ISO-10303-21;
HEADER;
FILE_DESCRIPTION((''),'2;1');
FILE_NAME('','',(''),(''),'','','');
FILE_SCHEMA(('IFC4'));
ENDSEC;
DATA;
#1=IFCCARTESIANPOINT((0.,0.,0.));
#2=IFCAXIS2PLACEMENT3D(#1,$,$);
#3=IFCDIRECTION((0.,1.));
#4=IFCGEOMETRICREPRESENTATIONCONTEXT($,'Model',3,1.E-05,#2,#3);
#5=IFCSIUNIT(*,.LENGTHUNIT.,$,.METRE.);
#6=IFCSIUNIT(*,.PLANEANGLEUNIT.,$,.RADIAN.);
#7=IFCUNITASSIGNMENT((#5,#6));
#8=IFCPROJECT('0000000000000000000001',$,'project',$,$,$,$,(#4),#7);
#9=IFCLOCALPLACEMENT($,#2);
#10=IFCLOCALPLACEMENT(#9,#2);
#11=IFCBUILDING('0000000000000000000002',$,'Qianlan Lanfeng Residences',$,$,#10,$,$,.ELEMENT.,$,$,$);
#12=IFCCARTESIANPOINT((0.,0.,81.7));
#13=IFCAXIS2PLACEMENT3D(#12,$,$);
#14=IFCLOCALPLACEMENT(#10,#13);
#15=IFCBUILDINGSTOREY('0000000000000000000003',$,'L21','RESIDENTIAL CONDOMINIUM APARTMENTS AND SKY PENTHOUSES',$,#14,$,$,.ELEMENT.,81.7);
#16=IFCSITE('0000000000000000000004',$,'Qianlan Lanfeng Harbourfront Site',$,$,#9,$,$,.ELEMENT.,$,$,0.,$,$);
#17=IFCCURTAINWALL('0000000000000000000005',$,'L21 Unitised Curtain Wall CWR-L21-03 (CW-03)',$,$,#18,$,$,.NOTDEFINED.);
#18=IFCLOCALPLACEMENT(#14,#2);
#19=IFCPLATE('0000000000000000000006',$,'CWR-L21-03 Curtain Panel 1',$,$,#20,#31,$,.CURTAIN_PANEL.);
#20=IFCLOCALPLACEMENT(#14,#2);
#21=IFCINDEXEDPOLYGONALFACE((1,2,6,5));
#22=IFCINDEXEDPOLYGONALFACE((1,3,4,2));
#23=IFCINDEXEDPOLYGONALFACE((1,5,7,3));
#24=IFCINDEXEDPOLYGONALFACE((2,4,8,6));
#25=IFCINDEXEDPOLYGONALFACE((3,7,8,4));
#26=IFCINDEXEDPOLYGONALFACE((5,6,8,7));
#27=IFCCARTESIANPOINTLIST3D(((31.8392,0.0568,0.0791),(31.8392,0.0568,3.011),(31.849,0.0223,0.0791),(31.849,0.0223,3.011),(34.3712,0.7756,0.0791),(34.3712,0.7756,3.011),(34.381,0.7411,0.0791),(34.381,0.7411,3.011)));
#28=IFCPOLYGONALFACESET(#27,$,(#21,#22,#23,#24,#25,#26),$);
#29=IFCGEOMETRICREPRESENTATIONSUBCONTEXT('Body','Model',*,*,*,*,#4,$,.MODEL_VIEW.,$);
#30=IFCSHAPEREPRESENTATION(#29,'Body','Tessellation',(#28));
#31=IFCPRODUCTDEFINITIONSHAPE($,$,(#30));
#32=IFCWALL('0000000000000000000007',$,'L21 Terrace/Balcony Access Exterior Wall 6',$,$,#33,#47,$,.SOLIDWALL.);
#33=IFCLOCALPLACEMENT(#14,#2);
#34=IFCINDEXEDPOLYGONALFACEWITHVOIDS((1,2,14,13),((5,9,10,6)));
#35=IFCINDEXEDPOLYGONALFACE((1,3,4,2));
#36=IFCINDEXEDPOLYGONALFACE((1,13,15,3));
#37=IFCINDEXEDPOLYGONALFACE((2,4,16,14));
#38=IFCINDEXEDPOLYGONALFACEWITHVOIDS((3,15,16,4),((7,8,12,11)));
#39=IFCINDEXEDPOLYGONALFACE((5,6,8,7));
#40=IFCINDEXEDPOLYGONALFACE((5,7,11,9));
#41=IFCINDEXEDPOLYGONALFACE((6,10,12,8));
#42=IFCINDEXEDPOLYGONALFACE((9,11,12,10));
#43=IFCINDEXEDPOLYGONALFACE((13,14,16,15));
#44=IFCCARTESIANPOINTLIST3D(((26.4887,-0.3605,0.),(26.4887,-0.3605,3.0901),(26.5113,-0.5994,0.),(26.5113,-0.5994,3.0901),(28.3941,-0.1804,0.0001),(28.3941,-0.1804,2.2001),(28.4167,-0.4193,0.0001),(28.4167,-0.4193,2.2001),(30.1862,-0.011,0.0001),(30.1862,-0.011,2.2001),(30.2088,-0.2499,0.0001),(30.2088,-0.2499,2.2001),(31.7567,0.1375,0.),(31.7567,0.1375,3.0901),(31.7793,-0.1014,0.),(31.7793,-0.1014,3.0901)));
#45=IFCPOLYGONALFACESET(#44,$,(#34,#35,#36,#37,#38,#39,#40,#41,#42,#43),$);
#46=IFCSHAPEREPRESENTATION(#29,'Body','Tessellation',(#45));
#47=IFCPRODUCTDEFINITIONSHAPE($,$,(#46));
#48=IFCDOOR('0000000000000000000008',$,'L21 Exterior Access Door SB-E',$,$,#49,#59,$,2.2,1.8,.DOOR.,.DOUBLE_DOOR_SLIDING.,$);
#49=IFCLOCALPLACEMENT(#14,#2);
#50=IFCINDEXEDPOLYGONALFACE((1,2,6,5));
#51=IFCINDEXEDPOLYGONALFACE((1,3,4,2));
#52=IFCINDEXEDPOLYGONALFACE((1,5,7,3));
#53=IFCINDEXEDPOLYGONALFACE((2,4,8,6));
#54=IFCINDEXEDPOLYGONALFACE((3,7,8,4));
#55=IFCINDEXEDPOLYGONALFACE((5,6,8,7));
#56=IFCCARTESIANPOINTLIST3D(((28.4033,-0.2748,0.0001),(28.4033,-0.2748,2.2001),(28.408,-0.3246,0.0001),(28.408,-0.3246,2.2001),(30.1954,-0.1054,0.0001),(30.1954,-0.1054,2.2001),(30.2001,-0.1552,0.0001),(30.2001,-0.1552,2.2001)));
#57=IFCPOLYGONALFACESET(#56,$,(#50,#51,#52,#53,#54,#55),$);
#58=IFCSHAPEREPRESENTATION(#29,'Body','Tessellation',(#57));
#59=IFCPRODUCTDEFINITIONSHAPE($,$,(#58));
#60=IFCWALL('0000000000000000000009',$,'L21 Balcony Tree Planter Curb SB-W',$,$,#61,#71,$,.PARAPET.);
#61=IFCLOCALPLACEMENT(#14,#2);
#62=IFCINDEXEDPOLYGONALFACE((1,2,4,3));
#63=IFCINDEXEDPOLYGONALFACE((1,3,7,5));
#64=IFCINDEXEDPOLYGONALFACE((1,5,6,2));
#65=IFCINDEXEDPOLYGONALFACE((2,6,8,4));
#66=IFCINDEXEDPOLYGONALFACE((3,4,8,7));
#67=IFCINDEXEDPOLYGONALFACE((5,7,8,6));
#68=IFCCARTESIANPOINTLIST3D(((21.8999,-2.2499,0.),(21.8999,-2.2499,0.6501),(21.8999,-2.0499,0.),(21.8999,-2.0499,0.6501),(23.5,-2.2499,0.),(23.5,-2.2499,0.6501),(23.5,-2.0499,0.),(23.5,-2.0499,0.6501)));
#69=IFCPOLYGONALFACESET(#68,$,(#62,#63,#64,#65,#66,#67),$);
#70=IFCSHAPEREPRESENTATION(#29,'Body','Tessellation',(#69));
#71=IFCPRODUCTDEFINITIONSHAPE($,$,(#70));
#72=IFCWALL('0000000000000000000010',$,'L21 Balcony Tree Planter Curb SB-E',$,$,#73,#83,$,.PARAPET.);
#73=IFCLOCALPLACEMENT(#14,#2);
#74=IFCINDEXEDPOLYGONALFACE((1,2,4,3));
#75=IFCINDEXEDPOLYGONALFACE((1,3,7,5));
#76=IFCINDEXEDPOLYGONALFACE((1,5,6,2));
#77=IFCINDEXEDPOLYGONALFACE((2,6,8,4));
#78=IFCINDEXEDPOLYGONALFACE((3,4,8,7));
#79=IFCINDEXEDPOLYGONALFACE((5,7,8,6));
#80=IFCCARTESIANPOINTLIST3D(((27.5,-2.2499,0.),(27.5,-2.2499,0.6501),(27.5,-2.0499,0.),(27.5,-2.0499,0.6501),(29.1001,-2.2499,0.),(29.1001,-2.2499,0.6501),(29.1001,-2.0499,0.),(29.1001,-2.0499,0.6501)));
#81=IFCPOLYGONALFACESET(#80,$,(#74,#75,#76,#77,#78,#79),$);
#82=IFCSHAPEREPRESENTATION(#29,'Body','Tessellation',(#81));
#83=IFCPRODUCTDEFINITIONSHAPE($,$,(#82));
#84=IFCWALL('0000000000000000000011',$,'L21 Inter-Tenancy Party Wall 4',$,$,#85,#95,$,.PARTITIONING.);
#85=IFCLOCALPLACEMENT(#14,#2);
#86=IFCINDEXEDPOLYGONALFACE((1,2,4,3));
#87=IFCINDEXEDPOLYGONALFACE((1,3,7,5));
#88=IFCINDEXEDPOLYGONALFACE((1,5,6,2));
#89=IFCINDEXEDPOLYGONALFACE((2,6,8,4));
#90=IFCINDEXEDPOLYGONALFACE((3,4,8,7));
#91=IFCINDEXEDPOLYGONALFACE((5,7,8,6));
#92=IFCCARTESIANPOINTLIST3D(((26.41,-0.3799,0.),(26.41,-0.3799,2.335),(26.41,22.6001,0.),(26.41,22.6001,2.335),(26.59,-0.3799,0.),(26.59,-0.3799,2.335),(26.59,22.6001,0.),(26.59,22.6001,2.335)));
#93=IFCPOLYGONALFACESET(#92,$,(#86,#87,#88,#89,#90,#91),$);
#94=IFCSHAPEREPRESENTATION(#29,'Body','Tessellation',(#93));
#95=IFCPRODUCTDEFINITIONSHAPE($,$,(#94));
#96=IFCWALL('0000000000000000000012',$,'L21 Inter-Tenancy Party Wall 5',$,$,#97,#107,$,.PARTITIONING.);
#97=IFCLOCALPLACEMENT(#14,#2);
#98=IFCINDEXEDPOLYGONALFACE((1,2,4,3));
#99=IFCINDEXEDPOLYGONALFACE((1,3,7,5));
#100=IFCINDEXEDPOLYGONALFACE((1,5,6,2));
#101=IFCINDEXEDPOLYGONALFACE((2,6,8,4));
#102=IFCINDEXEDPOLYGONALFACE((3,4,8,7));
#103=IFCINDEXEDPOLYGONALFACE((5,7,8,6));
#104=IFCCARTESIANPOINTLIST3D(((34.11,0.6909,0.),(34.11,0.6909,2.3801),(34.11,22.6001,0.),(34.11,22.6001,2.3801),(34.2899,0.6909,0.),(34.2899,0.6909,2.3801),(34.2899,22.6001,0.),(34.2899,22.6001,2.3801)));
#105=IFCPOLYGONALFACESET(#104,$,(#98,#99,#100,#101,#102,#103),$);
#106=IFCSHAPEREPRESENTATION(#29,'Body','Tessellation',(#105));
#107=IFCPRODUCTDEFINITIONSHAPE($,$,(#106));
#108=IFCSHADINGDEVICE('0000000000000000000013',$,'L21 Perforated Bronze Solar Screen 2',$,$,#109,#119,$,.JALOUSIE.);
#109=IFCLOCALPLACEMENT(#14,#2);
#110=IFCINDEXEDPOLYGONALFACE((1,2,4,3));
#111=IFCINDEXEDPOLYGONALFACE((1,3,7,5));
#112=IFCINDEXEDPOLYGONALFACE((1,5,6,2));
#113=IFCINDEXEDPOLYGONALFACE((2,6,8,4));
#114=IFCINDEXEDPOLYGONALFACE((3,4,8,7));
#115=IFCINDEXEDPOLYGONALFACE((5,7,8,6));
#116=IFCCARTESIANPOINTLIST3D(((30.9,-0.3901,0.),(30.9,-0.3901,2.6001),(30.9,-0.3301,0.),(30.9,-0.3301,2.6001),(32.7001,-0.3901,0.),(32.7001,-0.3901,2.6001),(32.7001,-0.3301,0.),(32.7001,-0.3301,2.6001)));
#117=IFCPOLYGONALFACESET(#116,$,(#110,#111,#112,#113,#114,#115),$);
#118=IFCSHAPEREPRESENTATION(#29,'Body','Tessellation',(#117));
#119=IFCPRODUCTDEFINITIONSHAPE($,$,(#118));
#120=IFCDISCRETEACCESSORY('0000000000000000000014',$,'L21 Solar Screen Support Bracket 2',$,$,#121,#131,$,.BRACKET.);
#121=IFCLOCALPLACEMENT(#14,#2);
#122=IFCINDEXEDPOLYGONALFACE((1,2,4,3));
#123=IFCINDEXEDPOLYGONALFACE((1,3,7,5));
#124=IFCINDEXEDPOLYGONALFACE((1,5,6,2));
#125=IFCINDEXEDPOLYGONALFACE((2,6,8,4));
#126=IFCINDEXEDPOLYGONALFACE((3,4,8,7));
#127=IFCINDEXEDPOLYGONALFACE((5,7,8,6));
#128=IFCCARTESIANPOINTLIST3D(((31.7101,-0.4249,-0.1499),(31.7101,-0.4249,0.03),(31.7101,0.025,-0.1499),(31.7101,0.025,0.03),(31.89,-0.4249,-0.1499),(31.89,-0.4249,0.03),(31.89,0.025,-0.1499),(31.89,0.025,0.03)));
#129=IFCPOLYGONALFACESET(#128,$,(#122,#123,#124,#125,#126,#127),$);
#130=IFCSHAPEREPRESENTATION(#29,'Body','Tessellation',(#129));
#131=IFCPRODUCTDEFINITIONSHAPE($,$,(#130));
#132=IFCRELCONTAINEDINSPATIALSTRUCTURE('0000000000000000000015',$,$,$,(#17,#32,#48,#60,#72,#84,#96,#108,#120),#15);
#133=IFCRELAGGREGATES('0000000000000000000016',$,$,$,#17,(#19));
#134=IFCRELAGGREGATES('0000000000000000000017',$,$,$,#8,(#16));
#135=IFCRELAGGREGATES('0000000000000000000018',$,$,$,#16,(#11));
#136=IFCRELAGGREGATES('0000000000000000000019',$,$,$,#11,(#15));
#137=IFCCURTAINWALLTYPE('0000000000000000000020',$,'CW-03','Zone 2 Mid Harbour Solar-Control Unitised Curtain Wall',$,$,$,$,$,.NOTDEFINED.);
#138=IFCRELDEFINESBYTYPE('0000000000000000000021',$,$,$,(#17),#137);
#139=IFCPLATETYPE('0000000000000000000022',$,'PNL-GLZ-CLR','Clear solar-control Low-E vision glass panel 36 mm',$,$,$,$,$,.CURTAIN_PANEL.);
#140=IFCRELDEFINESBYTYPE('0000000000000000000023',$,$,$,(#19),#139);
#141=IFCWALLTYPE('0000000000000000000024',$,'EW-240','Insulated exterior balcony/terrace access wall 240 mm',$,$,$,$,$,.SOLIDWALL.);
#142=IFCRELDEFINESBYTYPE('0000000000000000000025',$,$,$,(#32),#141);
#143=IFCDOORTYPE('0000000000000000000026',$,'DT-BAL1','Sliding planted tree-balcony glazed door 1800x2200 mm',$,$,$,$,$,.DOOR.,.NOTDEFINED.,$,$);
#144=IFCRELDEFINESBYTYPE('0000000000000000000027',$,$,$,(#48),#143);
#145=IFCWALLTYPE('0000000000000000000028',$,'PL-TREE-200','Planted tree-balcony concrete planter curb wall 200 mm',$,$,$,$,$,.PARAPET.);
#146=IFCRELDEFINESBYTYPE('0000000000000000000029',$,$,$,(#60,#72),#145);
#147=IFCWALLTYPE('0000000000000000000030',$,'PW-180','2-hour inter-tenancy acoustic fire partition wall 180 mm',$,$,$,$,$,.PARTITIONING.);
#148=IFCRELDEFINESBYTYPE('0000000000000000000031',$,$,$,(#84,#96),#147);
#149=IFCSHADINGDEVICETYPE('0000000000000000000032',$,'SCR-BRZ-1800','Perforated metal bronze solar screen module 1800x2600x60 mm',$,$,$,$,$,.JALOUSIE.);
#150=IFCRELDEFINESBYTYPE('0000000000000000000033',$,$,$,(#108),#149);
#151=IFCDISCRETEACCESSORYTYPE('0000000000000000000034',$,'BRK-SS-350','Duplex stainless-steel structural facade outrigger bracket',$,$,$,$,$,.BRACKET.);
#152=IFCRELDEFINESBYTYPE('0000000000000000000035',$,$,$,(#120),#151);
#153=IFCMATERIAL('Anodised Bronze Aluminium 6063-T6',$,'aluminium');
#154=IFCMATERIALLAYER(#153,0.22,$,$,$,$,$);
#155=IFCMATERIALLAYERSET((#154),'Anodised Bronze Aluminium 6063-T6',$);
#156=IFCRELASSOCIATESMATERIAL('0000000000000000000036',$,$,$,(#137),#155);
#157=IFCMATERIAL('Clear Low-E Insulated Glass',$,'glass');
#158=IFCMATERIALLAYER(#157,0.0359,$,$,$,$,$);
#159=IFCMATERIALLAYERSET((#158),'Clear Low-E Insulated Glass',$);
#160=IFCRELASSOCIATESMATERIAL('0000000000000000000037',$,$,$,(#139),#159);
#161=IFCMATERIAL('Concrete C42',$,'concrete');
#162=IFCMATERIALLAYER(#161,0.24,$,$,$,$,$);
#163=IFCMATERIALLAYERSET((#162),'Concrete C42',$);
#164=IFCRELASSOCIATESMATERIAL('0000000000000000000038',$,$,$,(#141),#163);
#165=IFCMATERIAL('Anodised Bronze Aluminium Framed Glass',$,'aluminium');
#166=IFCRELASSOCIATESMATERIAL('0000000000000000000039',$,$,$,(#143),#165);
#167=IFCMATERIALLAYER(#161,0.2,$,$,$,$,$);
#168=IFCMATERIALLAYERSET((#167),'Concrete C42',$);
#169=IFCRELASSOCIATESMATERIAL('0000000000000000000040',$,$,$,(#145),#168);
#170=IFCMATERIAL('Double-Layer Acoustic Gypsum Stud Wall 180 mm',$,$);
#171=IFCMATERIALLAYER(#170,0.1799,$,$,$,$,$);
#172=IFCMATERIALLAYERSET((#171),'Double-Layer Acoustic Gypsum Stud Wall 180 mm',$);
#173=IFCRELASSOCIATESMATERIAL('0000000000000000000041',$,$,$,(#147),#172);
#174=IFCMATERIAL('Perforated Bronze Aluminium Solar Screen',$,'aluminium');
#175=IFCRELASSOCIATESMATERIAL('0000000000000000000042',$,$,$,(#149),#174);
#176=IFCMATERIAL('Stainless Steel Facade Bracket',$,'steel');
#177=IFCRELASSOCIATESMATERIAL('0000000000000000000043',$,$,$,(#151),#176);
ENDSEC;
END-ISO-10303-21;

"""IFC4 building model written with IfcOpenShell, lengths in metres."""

from ifc_helpers import new_model, si_unit, direction, frame, frame_2d, origin, origin_2d, place, context, subcontext, project, spatial, rectangle, extrude, source, transform, mapped, material, layer, layer_set, type_object, element, fill, aggregate, save


model = new_model("IFC4")

# Units and contexts
model_context = context("Model", 3, precision=1e-05, world=origin(), true_north=direction((0.0, 1.0)))
body_context = subcontext(model_context, "Body", "Model", "MODEL_VIEW")
ifc_project = project(units=[si_unit("LENGTHUNIT", "METRE"), si_unit("PLANEANGLEUNIT", "RADIAN")], contexts=[model_context])

# Site, building, storey
site_placement = place(None, origin())
site = spatial("IfcSite", under=ifc_project, at=site_placement, Name="Qianlan Lanfeng Harbourfront Site", CompositionType="ELEMENT", RefElevation=0.0)
building_placement = place(site_placement, origin())
building = spatial("IfcBuilding", under=site, at=building_placement, Name="Qianlan Lanfeng Residences", CompositionType="ELEMENT")
storey_placement = place(building_placement, frame((0.0, 0.0, 81.7)))
storey = spatial("IfcBuildingStorey", under=building, at=storey_placement, Name="L21", Description="RESIDENTIAL CONDOMINIUM APARTMENTS AND SKY PENTHOUSES", CompositionType="ELEMENT", Elevation=81.7)

# Curtain wall, plate
ifc_material_1 = material(Name="Anodised Bronze Aluminium 6063-T6", Category="aluminium")
ifc_layer_1 = layer(ifc_material_1, 0.22)
ifc_layer_set_1 = layer_set([ifc_layer_1], Name="Anodised Bronze Aluminium 6063-T6")
curtain_wall_type = type_object("IfcCurtainWallType", Name="CW-03", Description="Zone 2 Mid Harbour Solar-Control Unitised Curtain Wall", PredefinedType="NOTDEFINED", material=ifc_layer_set_1)
curtain_wall_placement = place(storey_placement, origin())
curtain_wall = element("IfcCurtainWall", 1, at=curtain_wall_placement, inside=storey, type_object=curtain_wall_type, Name="L21 Unitised Curtain Wall CWR-L21-03 (CW-03)", PredefinedType="NOTDEFINED")
ifc_material_2 = material(Name="Clear Low-E Insulated Glass", Category="glass")
ifc_layer_2 = layer(ifc_material_2, 0.0359)
ifc_layer_set_2 = layer_set([ifc_layer_2], Name="Clear Low-E Insulated Glass")
plate_type = type_object("IfcPlateType", Name="PNL-GLZ-CLR", Description="Clear solar-control Low-E vision glass panel 36 mm", PredefinedType="CURTAIN_PANEL", material=ifc_layer_set_2)
shared_shape_1 = source(origin(), body_context, "Body", "SweptSolid", [
    extrude(rectangle(XDim=2.6321, YDim=0.0359, at=origin_2d()), origin(), (0.0, 0.0, 1.0), 2.9319),
])
plate_placement = place(storey_placement, frame((33.1101, 0.3989, 0.0791), z_axis=(0.0, 0.0, 1.0), x_axis=(0.961989, 0.273088, 0.0)))
plate = element("IfcPlate", 2, at=plate_placement, type_object=plate_type, Name="CWR-L21-03 Curtain Panel 1", PredefinedType="CURTAIN_PANEL", context=body_context, shape_type="MappedRepresentation", body=[
    mapped(shared_shape_1, transform((0.0, 0.0, 0.0), scale=1.0)),
])
aggregate(curtain_wall, [plate])

# Wall, opening, door
ifc_material_3 = material(Name="Concrete C42", Category="concrete")
ifc_layer_3 = layer(ifc_material_3, 0.24)
ifc_layer_set_3 = layer_set([ifc_layer_3], Name="Concrete C42")
wall_type_1 = type_object("IfcWallType", Name="EW-240", Description="Insulated exterior balcony/terrace access wall 240 mm", PredefinedType="SOLIDWALL", material=ifc_layer_set_3)
wall_1_placement = place(storey_placement, frame((26.5, -0.48, 0.0), z_axis=(0.0, 0.0, 1.0), x_axis=(0.995561, 0.094121, 0.0)))
wall_1 = element("IfcWall", 3, at=wall_1_placement, inside=storey, type_object=wall_type_1, Name="L21 Terrace/Balcony Access Exterior Wall 6", PredefinedType="SOLIDWALL", context=body_context, shape_type="SweptSolid", body=[
    extrude(rectangle(XDim=5.2915, YDim=0.24, at=frame_2d((2.6458, 0.0))), origin(), (0.0, 0.0, 1.0), 3.0901),
])
opening_placement = place(wall_1_placement, frame((1.9141, 0.0, 0.0)))
opening = element("IfcOpeningElement", 4, at=opening_placement, cuts=wall_1, PredefinedType="OPENING", context=body_context, shape_type="SweptSolid", body=[
    extrude(rectangle(XDim=1.8, YDim=2.2, at=frame_2d((0.8999, 1.1001))), frame((0.0, 0.1299, 0.0), z_axis=(0.0, -1.0, 0.0), x_axis=(1.0, 0.0, 0.0)), (0.0, 0.0, 1.0), 0.26),
])
ifc_material_4 = material(Name="Anodised Bronze Aluminium Framed Glass", Category="aluminium")
door_type = type_object("IfcDoorType", Name="DT-BAL1", Description="Sliding planted tree-balcony glazed door 1800x2200 mm", OperationType="NOTDEFINED", PredefinedType="DOOR", material=ifc_material_4)
door_placement = place(opening_placement, frame((1.8, 0.0, 0.0), z_axis=(0.0, 0.0, 1.0), x_axis=(-1.0, 0.0, 0.0)))
door = element("IfcDoor", 5, at=door_placement, inside=storey, type_object=door_type, Name="L21 Exterior Access Door SB-E", OperationType="DOUBLE_DOOR_SLIDING", OverallHeight=2.2, OverallWidth=1.8, PredefinedType="DOOR", context=body_context, shape_type="SweptSolid", body=[
    extrude(rectangle(XDim=1.8, YDim=2.2, at=frame_2d((0.8999, 1.1001))), frame((0.0, 0.0249, 0.0), z_axis=(0.0, -1.0, 0.0), x_axis=(1.0, 0.0, 0.0)), (0.0, 0.0, 1.0), 0.05),
])
fill(opening, door)

# Walls
ifc_layer_4 = layer(ifc_material_3, 0.2)
ifc_layer_set_4 = layer_set([ifc_layer_4], Name="Concrete C42")
wall_type_2 = type_object("IfcWallType", Name="PL-TREE-200", Description="Planted tree-balcony concrete planter curb wall 200 mm", PredefinedType="PARAPET", material=ifc_layer_set_4)
for number, where, z_axis, x_axis, name in (
    (6, (21.8999, -2.1499, 0.0), (0.0, 0.0, 1.0), (1.0, 0.0, 0.0), "L21 Balcony Tree Planter Curb SB-W"),
    (7, (27.5, -2.1499, 0.0), (0.0, 0.0, 1.0), (1.0, 0.0, 0.0), "L21 Balcony Tree Planter Curb SB-E"),
):
    element("IfcWall", number, at=place(storey_placement, frame(where, z_axis=z_axis, x_axis=x_axis)), inside=storey, type_object=wall_type_2, Name=name, PredefinedType="PARAPET", context=body_context, shape_type="SweptSolid", body=[
        extrude(rectangle(XDim=1.6001, YDim=0.2, at=frame_2d((0.8, 0.0))), origin(), (0.0, 0.0, 1.0), 0.6501),
    ])
ifc_material_5 = material(Name="Double-Layer Acoustic Gypsum Stud Wall 180 mm")
ifc_layer_5 = layer(ifc_material_5, 0.1799)
ifc_layer_set_5 = layer_set([ifc_layer_5], Name="Double-Layer Acoustic Gypsum Stud Wall 180 mm")
wall_type_3 = type_object("IfcWallType", Name="PW-180", Description="2-hour inter-tenancy acoustic fire partition wall 180 mm", PredefinedType="PARTITIONING", material=ifc_layer_set_5)
wall_2_placement = place(storey_placement, frame((26.5, -0.3799, 0.0), z_axis=(0.0, 0.0, 1.0), x_axis=(0.0, 1.0, 0.0)))
element("IfcWall", 8, at=wall_2_placement, inside=storey, type_object=wall_type_3, Name="L21 Inter-Tenancy Party Wall 4", PredefinedType="PARTITIONING", context=body_context, shape_type="SweptSolid", body=[
    extrude(rectangle(XDim=22.98, YDim=0.1799, at=frame_2d((11.49, 0.0))), origin(), (0.0, 0.0, 1.0), 2.335),
])
wall_3_placement = place(storey_placement, frame((34.2, 0.6909, 0.0), z_axis=(0.0, 0.0, 1.0), x_axis=(0.0, 1.0, 0.0)))
element("IfcWall", 9, at=wall_3_placement, inside=storey, type_object=wall_type_3, Name="L21 Inter-Tenancy Party Wall 5", PredefinedType="PARTITIONING", context=body_context, shape_type="SweptSolid", body=[
    extrude(rectangle(XDim=21.9092, YDim=0.1799, at=frame_2d((10.9546, 0.0))), origin(), (0.0, 0.0, 1.0), 2.3801),
])

# Shading device
ifc_material_6 = material(Name="Perforated Bronze Aluminium Solar Screen", Category="aluminium")
shading_device_type = type_object("IfcShadingDeviceType", Name="SCR-BRZ-1800", Description="Perforated metal bronze solar screen module 1800x2600x60 mm", PredefinedType="JALOUSIE", material=ifc_material_6)
shared_shape_2 = source(origin(), body_context, "Body", "SweptSolid", [
    extrude(rectangle(XDim=1.8, YDim=0.0601, at=origin_2d()), origin(), (0.0, 0.0, 1.0), 2.6001),
])
shading_device_placement = place(storey_placement, frame((31.8, -0.3601, 0.0), z_axis=(0.0, 0.0, 1.0), x_axis=(1.0, 0.0, 0.0)))
element("IfcShadingDevice", 10, at=shading_device_placement, inside=storey, type_object=shading_device_type, Name="L21 Perforated Bronze Solar Screen 2", PredefinedType="JALOUSIE", context=body_context, shape_type="MappedRepresentation", body=[
    mapped(shared_shape_2, transform((0.0, 0.0, 0.0), scale=1.0)),
])

# Discrete accessory
ifc_material_7 = material(Name="Stainless Steel Facade Bracket", Category="steel")
discrete_accessory_type = type_object("IfcDiscreteAccessoryType", Name="BRK-SS-350", Description="Duplex stainless-steel structural facade outrigger bracket", PredefinedType="BRACKET", material=ifc_material_7)
shared_shape_3 = source(origin(), body_context, "Body", "SweptSolid", [
    extrude(rectangle(XDim=0.1799, YDim=0.45, at=origin_2d()), origin(), (0.0, 0.0, 1.0), 0.1799),
])
discrete_accessory_placement = place(storey_placement, frame((31.8, -0.2, -0.1499), z_axis=(0.0, 0.0, 1.0), x_axis=(1.0, 0.0, 0.0)))
element("IfcDiscreteAccessory", 11, at=discrete_accessory_placement, inside=storey, type_object=discrete_accessory_type, Name="L21 Solar Screen Support Bracket 2", PredefinedType="BRACKET", context=body_context, shape_type="MappedRepresentation", body=[
    mapped(shared_shape_3, transform((0.0, 0.0, 0.0), scale=1.0)),
])

save(model, "model.ifc")
